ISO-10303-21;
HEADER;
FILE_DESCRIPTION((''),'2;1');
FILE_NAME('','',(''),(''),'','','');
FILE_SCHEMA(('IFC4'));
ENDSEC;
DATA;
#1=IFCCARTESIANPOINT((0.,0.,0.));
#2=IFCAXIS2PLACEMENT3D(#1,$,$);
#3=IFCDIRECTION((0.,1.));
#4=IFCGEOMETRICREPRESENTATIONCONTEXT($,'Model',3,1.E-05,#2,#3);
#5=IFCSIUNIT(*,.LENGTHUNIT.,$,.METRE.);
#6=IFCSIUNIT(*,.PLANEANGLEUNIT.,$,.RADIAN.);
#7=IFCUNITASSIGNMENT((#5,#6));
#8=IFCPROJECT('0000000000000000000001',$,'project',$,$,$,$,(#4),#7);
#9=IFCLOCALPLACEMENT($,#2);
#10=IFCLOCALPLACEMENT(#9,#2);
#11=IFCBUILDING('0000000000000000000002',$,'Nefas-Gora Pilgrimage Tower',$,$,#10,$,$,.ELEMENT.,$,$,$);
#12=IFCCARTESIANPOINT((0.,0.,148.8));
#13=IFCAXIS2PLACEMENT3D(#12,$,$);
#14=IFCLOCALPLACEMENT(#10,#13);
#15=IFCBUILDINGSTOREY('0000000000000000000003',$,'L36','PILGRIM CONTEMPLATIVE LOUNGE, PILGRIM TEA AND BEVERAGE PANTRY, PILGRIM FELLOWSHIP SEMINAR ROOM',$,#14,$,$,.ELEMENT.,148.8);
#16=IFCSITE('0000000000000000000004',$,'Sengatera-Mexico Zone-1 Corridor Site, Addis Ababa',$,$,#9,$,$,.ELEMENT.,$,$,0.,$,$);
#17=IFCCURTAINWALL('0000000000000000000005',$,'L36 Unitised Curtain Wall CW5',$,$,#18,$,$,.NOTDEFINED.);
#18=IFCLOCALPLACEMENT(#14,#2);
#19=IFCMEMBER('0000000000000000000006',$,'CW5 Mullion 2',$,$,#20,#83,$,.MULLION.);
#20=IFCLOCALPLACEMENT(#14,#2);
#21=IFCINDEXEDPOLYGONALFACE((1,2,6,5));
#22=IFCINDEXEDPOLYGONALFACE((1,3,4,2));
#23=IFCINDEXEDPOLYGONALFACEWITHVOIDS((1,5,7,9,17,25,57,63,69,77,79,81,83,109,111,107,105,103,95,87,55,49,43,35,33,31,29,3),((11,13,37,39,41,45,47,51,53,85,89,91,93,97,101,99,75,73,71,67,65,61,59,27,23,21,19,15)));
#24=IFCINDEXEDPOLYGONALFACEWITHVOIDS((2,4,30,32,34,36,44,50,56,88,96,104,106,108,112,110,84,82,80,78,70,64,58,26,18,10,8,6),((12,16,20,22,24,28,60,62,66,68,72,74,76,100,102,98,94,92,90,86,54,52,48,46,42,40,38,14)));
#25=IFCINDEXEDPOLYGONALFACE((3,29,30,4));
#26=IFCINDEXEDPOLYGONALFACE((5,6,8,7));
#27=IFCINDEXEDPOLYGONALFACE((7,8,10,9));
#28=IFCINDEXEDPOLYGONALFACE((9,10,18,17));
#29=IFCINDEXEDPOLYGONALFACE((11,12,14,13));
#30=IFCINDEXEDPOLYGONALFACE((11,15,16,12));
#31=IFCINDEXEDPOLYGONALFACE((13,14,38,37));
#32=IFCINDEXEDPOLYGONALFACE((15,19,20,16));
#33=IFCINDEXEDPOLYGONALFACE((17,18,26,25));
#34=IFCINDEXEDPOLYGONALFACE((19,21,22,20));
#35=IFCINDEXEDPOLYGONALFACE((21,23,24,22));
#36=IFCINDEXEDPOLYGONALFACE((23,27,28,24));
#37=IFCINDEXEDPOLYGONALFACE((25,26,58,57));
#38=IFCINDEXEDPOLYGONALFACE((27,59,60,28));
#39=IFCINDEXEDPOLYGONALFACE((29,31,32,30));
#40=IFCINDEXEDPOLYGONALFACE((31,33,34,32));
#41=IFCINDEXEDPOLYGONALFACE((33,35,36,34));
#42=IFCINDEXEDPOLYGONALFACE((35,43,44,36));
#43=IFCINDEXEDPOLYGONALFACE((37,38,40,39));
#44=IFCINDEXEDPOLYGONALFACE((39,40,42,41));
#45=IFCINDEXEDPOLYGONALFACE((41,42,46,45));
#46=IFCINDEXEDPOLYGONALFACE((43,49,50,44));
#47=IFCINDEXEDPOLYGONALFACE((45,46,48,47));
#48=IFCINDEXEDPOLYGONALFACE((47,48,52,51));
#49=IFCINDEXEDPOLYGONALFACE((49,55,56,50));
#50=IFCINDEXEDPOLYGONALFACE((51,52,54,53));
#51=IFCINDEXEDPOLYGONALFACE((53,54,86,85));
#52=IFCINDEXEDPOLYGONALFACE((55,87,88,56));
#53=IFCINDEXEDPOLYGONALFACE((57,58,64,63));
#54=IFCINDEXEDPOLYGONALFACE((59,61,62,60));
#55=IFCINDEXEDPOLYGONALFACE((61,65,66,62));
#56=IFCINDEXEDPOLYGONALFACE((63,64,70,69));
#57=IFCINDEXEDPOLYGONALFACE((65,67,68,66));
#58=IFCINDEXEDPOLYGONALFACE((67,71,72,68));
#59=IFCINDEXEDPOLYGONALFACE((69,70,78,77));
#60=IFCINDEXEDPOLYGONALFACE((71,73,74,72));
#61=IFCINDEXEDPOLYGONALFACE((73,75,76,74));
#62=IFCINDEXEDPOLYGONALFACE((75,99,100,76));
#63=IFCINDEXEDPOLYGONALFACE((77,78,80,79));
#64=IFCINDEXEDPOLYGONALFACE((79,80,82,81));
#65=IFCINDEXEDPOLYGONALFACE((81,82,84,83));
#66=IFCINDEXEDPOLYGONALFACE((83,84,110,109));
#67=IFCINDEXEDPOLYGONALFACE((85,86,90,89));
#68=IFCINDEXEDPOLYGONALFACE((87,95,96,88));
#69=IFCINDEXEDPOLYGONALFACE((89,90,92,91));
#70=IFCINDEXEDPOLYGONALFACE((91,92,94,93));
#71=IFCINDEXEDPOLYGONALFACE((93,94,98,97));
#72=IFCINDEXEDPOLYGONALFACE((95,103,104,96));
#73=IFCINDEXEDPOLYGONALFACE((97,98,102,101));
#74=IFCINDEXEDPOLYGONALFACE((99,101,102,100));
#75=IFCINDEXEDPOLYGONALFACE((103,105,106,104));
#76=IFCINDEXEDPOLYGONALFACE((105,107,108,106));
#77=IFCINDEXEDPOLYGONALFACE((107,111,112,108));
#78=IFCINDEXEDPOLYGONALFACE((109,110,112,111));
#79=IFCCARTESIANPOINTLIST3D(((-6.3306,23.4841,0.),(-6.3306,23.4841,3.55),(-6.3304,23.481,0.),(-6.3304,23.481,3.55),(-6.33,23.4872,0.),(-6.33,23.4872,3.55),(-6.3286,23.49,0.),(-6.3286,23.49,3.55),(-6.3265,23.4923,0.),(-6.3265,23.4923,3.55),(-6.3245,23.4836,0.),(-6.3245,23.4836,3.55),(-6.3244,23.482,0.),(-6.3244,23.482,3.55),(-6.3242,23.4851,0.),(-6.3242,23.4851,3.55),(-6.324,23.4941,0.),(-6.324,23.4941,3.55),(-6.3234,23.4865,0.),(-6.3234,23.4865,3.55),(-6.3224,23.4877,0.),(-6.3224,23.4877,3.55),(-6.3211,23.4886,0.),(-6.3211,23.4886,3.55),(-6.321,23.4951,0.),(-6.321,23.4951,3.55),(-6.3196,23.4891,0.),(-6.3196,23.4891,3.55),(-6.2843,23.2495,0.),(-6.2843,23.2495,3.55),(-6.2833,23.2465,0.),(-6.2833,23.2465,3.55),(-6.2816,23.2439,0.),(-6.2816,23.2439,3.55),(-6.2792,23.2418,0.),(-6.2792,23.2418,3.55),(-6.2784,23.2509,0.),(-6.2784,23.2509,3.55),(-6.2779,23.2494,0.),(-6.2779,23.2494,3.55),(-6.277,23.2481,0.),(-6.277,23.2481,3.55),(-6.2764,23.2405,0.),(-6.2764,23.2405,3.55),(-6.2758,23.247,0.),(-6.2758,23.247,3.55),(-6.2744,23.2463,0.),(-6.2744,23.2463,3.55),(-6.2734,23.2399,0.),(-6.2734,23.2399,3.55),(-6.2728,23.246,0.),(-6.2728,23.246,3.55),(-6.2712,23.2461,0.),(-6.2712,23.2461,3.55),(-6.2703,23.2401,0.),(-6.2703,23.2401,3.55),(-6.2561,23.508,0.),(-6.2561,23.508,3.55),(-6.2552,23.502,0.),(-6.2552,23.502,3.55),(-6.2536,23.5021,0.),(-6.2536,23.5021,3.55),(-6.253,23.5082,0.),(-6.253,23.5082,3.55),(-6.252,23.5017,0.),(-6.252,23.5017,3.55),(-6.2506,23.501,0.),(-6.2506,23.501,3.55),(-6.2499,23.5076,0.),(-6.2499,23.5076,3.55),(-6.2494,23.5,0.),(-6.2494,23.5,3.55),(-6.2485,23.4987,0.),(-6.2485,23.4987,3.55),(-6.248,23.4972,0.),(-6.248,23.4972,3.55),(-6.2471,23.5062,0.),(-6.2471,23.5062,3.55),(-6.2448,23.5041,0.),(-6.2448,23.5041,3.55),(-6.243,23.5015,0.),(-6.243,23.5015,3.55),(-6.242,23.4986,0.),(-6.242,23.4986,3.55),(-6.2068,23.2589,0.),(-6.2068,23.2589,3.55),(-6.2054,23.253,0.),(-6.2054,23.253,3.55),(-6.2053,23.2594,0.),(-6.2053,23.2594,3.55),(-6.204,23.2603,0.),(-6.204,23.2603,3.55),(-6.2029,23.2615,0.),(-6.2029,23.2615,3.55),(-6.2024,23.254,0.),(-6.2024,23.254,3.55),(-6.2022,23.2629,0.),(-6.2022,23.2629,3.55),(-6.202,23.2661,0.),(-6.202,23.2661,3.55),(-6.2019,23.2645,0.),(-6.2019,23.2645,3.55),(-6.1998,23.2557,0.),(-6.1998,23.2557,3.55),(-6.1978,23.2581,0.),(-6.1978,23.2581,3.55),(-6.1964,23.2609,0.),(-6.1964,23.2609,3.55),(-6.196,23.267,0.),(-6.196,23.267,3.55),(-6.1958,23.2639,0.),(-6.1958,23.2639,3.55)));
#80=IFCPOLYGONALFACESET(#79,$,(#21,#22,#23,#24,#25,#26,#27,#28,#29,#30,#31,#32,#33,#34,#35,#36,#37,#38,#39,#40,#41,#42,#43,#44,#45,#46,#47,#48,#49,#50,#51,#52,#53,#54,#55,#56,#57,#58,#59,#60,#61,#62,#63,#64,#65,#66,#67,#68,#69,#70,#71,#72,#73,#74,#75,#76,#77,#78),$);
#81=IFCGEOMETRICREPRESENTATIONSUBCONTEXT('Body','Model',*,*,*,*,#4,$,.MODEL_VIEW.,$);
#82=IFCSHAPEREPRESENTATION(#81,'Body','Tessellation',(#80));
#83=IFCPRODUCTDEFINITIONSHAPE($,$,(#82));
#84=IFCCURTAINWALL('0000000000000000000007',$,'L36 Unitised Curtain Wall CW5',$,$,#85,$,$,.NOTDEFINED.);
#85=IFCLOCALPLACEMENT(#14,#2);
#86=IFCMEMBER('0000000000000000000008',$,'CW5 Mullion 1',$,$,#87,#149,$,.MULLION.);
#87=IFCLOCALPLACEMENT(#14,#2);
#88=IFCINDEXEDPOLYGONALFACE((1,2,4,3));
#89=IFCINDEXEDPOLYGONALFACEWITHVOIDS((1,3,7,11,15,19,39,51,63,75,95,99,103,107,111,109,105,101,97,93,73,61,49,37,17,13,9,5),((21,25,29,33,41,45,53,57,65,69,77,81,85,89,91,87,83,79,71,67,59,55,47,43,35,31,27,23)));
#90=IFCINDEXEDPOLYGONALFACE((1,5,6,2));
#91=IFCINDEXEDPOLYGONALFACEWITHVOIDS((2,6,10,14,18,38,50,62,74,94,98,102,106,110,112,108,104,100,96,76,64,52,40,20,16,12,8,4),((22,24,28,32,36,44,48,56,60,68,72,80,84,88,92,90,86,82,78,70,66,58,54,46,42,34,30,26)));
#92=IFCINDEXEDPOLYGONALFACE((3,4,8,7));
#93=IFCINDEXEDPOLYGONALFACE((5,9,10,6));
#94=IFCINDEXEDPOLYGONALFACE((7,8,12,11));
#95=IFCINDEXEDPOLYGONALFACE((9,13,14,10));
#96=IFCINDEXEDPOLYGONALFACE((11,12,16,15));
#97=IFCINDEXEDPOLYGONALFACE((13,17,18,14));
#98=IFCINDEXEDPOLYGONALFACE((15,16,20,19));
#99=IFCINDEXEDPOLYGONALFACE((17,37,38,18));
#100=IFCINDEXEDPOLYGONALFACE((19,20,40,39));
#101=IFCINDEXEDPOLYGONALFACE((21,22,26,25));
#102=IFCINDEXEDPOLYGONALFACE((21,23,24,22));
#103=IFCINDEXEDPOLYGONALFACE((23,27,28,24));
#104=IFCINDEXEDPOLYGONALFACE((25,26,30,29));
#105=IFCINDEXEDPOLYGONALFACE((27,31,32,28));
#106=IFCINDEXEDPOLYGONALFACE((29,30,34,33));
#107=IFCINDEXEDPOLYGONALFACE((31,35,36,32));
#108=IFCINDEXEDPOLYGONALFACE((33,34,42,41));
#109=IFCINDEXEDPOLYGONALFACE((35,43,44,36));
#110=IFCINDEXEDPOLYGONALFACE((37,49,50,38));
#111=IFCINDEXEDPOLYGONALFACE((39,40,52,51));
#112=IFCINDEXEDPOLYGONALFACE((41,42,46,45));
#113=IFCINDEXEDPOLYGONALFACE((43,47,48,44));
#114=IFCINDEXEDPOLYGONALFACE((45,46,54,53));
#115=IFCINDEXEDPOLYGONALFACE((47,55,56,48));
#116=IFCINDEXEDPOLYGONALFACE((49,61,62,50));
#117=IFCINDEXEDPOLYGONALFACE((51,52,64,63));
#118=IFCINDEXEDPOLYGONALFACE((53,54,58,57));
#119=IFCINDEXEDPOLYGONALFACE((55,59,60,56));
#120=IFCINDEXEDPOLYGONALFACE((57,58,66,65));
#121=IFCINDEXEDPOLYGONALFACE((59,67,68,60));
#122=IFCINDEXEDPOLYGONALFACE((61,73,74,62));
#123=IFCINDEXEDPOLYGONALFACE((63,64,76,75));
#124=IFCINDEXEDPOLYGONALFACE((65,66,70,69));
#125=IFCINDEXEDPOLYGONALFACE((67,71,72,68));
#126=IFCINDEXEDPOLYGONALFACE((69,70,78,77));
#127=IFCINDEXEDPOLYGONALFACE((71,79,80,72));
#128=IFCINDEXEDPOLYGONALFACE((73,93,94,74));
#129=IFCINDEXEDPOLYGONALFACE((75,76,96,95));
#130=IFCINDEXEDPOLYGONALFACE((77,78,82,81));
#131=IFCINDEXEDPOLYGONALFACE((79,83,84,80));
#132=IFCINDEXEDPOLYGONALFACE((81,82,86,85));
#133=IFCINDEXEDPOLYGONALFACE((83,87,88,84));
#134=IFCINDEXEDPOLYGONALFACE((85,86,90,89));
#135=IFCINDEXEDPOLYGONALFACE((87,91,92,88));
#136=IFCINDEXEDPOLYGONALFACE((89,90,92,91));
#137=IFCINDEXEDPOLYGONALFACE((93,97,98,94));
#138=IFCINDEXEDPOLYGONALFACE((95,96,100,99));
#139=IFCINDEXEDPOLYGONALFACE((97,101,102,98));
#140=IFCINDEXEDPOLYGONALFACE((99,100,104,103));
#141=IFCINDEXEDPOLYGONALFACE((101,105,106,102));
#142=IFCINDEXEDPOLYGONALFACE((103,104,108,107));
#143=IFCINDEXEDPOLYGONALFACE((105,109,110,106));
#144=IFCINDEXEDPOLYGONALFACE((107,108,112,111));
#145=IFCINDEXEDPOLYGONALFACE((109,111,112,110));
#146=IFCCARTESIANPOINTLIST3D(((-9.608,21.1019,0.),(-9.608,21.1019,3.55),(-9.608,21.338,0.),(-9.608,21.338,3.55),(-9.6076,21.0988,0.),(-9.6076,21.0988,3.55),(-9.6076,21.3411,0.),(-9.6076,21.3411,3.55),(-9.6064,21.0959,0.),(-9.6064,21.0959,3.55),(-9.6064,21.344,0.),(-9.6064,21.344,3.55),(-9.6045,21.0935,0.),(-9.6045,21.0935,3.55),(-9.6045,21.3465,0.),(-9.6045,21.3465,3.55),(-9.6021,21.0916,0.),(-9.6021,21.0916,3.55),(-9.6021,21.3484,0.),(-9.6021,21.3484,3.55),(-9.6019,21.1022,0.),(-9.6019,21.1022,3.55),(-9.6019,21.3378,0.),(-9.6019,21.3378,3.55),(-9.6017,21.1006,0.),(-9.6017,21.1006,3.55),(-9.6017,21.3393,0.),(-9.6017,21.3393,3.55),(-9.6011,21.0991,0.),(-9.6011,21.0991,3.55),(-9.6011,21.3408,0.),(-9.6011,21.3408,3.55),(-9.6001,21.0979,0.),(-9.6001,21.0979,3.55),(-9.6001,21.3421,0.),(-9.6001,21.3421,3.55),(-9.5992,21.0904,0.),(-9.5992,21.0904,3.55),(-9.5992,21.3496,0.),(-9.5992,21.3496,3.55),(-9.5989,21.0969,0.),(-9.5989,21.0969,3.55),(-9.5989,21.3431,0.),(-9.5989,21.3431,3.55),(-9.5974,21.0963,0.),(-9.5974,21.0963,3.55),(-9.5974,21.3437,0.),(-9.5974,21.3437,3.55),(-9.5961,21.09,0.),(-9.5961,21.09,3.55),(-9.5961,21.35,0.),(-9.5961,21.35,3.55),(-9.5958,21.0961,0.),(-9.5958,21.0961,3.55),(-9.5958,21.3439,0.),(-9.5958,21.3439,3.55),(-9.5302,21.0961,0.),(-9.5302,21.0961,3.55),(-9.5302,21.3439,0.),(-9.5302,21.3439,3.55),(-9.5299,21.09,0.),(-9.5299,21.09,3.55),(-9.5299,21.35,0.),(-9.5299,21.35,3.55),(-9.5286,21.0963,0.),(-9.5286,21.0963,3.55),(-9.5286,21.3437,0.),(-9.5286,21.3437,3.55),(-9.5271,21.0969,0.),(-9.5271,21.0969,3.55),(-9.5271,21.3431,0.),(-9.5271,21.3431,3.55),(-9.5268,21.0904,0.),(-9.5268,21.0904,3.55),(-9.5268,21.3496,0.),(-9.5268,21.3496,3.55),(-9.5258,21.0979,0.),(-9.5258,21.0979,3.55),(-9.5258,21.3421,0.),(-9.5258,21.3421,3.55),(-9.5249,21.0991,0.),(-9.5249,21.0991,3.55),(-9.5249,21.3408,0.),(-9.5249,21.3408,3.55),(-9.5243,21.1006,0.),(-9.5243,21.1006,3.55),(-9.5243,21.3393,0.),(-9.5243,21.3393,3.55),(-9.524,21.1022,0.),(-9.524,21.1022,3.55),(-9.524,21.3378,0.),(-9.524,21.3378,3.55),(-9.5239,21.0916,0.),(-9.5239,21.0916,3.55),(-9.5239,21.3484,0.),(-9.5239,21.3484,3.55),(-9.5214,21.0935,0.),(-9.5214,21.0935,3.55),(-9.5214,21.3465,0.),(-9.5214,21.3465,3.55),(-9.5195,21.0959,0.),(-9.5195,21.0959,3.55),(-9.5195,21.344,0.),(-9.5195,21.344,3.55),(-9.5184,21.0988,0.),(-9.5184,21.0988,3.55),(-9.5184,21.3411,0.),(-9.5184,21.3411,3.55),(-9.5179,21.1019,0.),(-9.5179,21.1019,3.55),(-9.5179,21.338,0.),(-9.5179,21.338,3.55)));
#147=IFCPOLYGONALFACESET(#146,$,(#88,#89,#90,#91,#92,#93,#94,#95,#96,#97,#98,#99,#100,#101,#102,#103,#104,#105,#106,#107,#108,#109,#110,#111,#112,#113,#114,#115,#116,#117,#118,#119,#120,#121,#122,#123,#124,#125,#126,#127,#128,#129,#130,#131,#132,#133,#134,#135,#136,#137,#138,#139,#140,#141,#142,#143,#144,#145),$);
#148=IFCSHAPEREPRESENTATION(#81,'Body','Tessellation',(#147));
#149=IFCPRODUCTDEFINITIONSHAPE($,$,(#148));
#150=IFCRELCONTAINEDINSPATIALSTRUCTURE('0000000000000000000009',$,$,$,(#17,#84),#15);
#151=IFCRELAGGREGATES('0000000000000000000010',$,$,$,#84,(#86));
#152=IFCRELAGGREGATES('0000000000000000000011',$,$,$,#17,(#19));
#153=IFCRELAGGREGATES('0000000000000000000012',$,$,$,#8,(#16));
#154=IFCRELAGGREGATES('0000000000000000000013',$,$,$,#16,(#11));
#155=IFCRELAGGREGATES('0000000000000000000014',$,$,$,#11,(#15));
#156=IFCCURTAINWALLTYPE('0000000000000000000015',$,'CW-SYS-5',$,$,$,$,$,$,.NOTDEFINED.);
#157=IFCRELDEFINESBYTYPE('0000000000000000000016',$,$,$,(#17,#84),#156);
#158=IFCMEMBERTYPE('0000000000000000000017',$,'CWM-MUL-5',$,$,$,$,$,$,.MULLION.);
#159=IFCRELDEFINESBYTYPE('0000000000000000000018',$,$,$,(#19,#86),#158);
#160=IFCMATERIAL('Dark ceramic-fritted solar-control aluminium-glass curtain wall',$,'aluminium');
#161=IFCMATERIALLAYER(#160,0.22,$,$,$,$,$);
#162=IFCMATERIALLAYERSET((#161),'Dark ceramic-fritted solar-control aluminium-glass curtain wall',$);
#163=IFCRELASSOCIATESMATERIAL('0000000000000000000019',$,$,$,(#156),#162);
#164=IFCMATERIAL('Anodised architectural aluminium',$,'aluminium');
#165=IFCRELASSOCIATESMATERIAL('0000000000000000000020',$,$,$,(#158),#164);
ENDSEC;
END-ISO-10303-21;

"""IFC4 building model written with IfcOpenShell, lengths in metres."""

from ifc_helpers import new_model, si_unit, direction, frame, origin, origin_2d, place, context, subcontext, project, spatial, hollow_rectangle, extrude, source, transform, mapped, material, layer, layer_set, material_profile, profile_set, type_object, element, aggregate, save


model = new_model("IFC4")

# Units and contexts
model_context = context("Model", 3, precision=1e-05, world=origin(), true_north=direction((0.0, 1.0)))
body_context = subcontext(model_context, "Body", "Model", "MODEL_VIEW")
ifc_project = project(units=[si_unit("LENGTHUNIT", "METRE"), si_unit("PLANEANGLEUNIT", "RADIAN")], contexts=[model_context])

# Site, building, storey
site_placement = place(None, origin())
site = spatial("IfcSite", under=ifc_project, at=site_placement, Name="Sengatera-Mexico Zone-1 Corridor Site, Addis Ababa", CompositionType="ELEMENT", RefElevation=0.0)
building_placement = place(site_placement, origin())
building = spatial("IfcBuilding", under=site, at=building_placement, Name="Nefas-Gora Pilgrimage Tower", CompositionType="ELEMENT")
storey_placement = place(building_placement, frame((0.0, 0.0, 148.8)))
storey = spatial("IfcBuildingStorey", under=building, at=storey_placement, Name="L36", Description="PILGRIM CONTEMPLATIVE LOUNGE, PILGRIM TEA AND BEVERAGE PANTRY, PILGRIM FELLOWSHIP SEMINAR ROOM", CompositionType="ELEMENT", Elevation=148.8)

# Curtain walls, members
ifc_material_1 = material(Name="Dark ceramic-fritted solar-control aluminium-glass curtain wall", Category="aluminium")
ifc_layer_1 = layer(ifc_material_1, 0.22)
ifc_layer_set_1 = layer_set([ifc_layer_1], Name="Dark ceramic-fritted solar-control aluminium-glass curtain wall")
curtain_wall_type = type_object("IfcCurtainWallType", Name="CW-SYS-5", PredefinedType="NOTDEFINED", material=ifc_layer_set_1)
curtain_wall_1_placement = place(storey_placement, origin())
curtain_wall_1 = element("IfcCurtainWall", 1, at=curtain_wall_1_placement, inside=storey, type_object=curtain_wall_type, Name="L36 Unitised Curtain Wall CW5", PredefinedType="NOTDEFINED")
ifc_material_2 = material(Name="Anodised architectural aluminium", Category="aluminium")
ifc_material_profile_1 = material_profile(ifc_material_2, hollow_rectangle(XDim=0.0901, YDim=0.26, WallThickness=0.0061, InnerFilletRadius=0.0061, OuterFilletRadius=0.012, at=origin_2d()), Name="ALU MULLION 90x260")
ifc_profile_set_1 = profile_set([ifc_material_profile_1], Name="Anodised architectural aluminium")
member_type_1 = type_object("IfcMemberType", Name="CWM-MUL-5", PredefinedType="MULLION", material=ifc_profile_set_1)
shared_shape_1 = source(origin(), body_context, "Body", "SweptSolid", [
    extrude(hollow_rectangle(XDim=0.0901, YDim=0.26, WallThickness=0.0061, InnerFilletRadius=0.0061, OuterFilletRadius=0.012, at=origin_2d()), origin(), (0.0, 0.0, 1.0), 3.55),
])
member_1_placement = place(storey_placement, frame((-6.2632, 23.374, 0.0), z_axis=(0.0, 0.0, 1.0), x_axis=(-0.980783, -0.195102, 0.0)))
member_1 = element("IfcMember", 2, at=member_1_placement, type_object=member_type_1, Name="CW5 Mullion 2", PredefinedType="MULLION", context=body_context, shape_type="MappedRepresentation", body=[
    mapped(shared_shape_1, transform((0.0, 0.0, 0.0), x_axis=(1.0, 0.0, 0.0), y_axis=(0.0, 1.0, 0.0), z_axis=(0.0, 0.0, 1.0), scale=1.0)),
])
curtain_wall_2_placement = place(storey_placement, origin())
curtain_wall_2 = element("IfcCurtainWall", 3, at=curtain_wall_2_placement, inside=storey, type_object=curtain_wall_type, Name="L36 Unitised Curtain Wall CW5", PredefinedType="NOTDEFINED")
member_2_placement = place(storey_placement, frame((-9.563, 21.22, 0.0), z_axis=(0.0, 0.0, 1.0), x_axis=(-1.0, 0.0, 0.0)))
member_2 = element("IfcMember", 4, at=member_2_placement, type_object=member_type_1, Name="CW5 Mullion 1", PredefinedType="MULLION", context=body_context, shape_type="MappedRepresentation", body=[
    mapped(shared_shape_1, transform((0.0, 0.0, 0.0), x_axis=(1.0, 0.0, 0.0), y_axis=(0.0, 1.0, 0.0), z_axis=(0.0, 0.0, 1.0), scale=1.0)),
])
aggregate(curtain_wall_2, [member_2])

aggregate(curtain_wall_1, [member_1])

save(model, "model.ifc")
